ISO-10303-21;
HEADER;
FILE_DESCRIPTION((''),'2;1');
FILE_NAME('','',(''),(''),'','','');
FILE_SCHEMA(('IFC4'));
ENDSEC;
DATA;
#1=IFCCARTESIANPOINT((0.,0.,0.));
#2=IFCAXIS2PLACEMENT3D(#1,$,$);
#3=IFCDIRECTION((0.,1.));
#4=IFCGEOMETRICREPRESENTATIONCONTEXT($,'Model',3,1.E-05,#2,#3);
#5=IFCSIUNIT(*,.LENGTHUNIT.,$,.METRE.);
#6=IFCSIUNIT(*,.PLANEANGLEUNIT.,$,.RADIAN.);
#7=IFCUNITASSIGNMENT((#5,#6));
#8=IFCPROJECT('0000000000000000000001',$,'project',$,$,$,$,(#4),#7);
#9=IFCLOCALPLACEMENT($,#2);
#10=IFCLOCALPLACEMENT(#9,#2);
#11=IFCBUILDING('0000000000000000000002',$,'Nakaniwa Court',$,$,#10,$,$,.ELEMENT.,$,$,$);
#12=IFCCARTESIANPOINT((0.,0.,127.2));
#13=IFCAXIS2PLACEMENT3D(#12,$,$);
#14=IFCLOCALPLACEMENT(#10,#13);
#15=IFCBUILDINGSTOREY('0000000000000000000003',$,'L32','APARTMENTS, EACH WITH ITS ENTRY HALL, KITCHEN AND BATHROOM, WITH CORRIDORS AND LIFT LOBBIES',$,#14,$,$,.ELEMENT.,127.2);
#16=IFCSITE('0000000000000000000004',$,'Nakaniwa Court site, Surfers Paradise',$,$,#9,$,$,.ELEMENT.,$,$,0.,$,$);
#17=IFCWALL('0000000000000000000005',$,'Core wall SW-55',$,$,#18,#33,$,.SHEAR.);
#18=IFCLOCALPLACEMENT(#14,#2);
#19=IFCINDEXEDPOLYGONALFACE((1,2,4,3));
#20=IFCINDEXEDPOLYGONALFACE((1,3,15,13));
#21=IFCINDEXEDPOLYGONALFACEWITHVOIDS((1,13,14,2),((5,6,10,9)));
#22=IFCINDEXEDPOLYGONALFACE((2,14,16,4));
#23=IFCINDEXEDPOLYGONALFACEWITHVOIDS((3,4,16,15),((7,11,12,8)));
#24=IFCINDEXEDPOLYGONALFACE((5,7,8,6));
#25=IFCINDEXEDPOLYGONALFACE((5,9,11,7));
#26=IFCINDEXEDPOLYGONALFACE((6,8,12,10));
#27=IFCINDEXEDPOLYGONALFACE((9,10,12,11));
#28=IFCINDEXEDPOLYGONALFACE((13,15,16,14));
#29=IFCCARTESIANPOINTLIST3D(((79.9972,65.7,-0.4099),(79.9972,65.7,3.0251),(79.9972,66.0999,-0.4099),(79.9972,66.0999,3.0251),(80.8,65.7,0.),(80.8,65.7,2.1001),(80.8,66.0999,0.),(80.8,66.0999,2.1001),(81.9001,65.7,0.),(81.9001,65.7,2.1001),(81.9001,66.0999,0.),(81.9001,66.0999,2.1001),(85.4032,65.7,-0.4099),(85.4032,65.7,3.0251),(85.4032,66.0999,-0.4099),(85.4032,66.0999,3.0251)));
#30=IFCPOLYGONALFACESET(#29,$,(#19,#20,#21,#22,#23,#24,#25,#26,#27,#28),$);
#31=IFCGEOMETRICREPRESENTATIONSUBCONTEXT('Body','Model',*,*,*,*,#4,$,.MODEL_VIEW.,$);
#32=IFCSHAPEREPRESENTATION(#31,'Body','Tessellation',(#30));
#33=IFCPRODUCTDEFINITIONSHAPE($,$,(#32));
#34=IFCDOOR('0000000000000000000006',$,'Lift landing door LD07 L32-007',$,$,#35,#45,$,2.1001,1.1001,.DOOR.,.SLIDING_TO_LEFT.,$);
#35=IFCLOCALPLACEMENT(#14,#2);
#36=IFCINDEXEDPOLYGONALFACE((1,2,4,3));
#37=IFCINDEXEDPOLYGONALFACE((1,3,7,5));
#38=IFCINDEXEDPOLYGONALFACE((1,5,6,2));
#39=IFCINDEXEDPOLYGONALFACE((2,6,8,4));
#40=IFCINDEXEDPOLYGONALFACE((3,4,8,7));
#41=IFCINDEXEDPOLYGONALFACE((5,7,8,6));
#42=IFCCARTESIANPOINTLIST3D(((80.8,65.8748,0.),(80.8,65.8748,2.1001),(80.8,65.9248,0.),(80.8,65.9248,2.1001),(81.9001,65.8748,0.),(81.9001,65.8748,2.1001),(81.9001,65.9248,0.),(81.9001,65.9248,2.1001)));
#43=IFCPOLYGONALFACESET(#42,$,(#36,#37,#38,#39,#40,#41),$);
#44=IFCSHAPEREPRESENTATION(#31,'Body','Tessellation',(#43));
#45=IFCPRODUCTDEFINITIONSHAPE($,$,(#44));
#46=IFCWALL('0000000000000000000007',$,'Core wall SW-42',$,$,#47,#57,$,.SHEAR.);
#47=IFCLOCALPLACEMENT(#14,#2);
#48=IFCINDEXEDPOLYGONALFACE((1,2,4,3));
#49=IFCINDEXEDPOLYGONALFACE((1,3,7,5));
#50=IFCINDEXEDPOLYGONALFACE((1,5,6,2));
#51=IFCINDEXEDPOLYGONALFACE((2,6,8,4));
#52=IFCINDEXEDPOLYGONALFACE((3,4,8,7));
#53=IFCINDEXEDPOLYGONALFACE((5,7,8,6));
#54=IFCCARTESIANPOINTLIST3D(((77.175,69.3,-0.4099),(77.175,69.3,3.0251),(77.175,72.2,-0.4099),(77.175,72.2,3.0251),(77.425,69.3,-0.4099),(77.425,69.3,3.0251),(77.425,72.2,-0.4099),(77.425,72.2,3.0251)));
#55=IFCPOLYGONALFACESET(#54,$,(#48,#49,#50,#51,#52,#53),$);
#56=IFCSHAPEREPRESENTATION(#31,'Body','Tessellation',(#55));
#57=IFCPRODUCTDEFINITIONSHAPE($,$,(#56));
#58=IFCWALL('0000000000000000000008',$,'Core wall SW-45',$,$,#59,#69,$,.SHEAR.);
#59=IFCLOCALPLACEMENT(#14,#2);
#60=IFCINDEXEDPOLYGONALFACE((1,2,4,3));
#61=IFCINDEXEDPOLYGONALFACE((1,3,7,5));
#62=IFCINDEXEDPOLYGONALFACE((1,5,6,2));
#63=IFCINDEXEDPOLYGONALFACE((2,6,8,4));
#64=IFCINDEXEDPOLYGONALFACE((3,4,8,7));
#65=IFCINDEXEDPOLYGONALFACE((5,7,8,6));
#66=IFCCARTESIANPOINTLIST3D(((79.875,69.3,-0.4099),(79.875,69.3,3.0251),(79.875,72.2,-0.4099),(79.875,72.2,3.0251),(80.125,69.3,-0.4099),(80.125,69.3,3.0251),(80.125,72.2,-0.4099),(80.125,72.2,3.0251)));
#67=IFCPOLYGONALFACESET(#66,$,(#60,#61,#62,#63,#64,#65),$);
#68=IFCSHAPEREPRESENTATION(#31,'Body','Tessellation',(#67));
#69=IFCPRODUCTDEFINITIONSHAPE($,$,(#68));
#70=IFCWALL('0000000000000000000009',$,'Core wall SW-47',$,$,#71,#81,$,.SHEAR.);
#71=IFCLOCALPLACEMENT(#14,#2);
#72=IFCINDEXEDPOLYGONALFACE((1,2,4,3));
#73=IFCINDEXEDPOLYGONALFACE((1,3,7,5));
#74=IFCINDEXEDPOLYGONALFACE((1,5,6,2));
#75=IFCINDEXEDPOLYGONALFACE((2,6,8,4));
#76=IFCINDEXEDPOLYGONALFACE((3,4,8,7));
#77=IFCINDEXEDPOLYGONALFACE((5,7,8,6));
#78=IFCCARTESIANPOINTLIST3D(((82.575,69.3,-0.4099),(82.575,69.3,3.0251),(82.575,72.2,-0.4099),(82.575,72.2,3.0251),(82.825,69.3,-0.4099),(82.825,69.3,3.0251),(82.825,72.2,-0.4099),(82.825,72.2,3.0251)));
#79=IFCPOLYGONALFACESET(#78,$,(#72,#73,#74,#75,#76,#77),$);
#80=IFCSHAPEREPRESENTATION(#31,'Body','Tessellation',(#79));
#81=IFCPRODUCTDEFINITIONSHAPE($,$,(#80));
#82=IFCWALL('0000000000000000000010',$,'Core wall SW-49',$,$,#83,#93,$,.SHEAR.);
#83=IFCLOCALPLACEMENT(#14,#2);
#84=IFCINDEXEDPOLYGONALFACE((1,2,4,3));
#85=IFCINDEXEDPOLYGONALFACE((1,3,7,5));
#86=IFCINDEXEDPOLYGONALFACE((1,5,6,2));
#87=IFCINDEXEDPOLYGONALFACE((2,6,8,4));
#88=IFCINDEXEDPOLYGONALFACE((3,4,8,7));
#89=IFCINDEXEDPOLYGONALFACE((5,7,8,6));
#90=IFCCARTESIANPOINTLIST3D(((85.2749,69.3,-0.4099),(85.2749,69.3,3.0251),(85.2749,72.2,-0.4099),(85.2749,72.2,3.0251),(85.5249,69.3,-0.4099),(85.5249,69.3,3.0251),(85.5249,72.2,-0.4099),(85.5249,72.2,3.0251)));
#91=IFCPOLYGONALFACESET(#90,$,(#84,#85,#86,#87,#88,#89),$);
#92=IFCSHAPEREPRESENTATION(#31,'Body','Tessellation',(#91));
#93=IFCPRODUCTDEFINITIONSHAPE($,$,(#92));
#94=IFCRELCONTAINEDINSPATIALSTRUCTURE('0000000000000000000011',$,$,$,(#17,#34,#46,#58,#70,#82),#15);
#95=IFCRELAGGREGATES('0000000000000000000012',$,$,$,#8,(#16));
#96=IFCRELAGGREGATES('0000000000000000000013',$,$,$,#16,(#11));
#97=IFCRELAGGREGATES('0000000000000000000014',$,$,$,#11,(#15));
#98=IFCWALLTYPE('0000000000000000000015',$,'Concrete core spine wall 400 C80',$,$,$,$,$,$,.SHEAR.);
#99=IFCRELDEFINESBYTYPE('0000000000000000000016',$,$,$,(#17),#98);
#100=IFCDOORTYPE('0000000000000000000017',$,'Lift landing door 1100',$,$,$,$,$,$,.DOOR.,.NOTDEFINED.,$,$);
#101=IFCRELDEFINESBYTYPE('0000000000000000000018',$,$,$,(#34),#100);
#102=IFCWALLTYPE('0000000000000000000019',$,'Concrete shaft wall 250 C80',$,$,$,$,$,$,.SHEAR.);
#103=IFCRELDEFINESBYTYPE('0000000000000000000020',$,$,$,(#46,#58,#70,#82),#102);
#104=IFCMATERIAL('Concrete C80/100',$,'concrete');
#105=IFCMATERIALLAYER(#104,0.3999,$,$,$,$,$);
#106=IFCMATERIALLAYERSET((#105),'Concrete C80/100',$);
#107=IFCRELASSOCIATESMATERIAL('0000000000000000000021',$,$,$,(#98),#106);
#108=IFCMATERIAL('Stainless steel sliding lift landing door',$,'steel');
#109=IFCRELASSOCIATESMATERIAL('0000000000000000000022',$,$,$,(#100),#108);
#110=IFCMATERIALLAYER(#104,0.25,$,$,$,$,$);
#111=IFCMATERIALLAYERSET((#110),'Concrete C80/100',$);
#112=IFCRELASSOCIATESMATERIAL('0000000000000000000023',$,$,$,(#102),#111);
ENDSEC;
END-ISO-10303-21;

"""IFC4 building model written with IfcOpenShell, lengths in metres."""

from ifc_helpers import new_model, si_unit, direction, frame, frame_2d, origin, place, context, subcontext, project, spatial, rectangle, extrude, material, layer, layer_set, type_object, element, fill, save


model = new_model("IFC4")

# Units and contexts
model_context = context("Model", 3, precision=1e-05, world=origin(), true_north=direction((0.0, 1.0)))
body_context = subcontext(model_context, "Body", "Model", "MODEL_VIEW")
ifc_project = project(units=[si_unit("LENGTHUNIT", "METRE"), si_unit("PLANEANGLEUNIT", "RADIAN")], contexts=[model_context])

# Site, building, storey
site_placement = place(None, origin())
site = spatial("IfcSite", under=ifc_project, at=site_placement, Name="Nakaniwa Court site, Surfers Paradise", CompositionType="ELEMENT", RefElevation=0.0)
building_placement = place(site_placement, origin())
building = spatial("IfcBuilding", under=site, at=building_placement, Name="Nakaniwa Court", CompositionType="ELEMENT")
storey_placement = place(building_placement, frame((0.0, 0.0, 127.2)))
storey = spatial("IfcBuildingStorey", under=building, at=storey_placement, Name="L32", Description="APARTMENTS, EACH WITH ITS ENTRY HALL, KITCHEN AND BATHROOM, WITH CORRIDORS AND LIFT LOBBIES", CompositionType="ELEMENT", Elevation=127.2)

# Wall, opening, door
ifc_material_1 = material(Name="Concrete C80/100", Category="concrete")
ifc_layer_1 = layer(ifc_material_1, 0.3999)
ifc_layer_set_1 = layer_set([ifc_layer_1], Name="Concrete C80/100")
wall_type_1 = type_object("IfcWallType", Name="Concrete core spine wall 400 C80", PredefinedType="SHEAR", material=ifc_layer_set_1)
wall_1_placement = place(storey_placement, frame((79.9971, 65.8999, -0.4099), z_axis=(0.0, 0.0, 1.0), x_axis=(1.0, 0.0, 0.0)))
wall_1 = element("IfcWall", 1, at=wall_1_placement, inside=storey, type_object=wall_type_1, Name="Core wall SW-55", PredefinedType="SHEAR", context=body_context, shape_type="SweptSolid", body=[
    extrude(rectangle(XDim=5.406, YDim=0.3999, at=frame_2d((2.7031, 0.0))), origin(), (0.0, 0.0, 1.0), 3.4351),
])
opening_1_placement = place(wall_1_placement, frame((0.803, 0.0, 0.4099)))
opening_1 = element("IfcOpeningElement", 2, at=opening_1_placement, cuts=wall_1, PredefinedType="OPENING", context=body_context, shape_type="SweptSolid", body=[
    extrude(rectangle(XDim=1.1001, YDim=2.1001, at=frame_2d((0.55, 1.05))), frame((0.0, 0.21, 0.0), z_axis=(0.0, -1.0, 0.0), x_axis=(1.0, 0.0, 0.0)), (0.0, 0.0, 1.0), 0.4199),
])
ifc_material_2 = material(Name="Stainless steel sliding lift landing door", Category="steel")
door_type_1 = type_object("IfcDoorType", Name="Lift landing door 1100", OperationType="NOTDEFINED", PredefinedType="DOOR", material=ifc_material_2)
door_1_placement = place(opening_1_placement, origin())
door_1 = element("IfcDoor", 3, at=door_1_placement, inside=storey, type_object=door_type_1, Name="Lift landing door LD07 L32-007", OperationType="SLIDING_TO_LEFT", OverallHeight=2.1001, OverallWidth=1.1001, PredefinedType="DOOR", context=body_context, shape_type="SweptSolid", body=[
    extrude(rectangle(XDim=1.1001, YDim=2.1001, at=frame_2d((0.55, 1.05))), frame((0.0, 0.0249, 0.0), z_axis=(0.0, -1.0, 0.0), x_axis=(1.0, 0.0, 0.0)), (0.0, 0.0, 1.0), 0.05),
])
fill(opening_1, door_1)

# Walls
ifc_layer_2 = layer(ifc_material_1, 0.25)
ifc_layer_set_2 = layer_set([ifc_layer_2], Name="Concrete C80/100")
wall_type_2 = type_object("IfcWallType", Name="Concrete shaft wall 250 C80", PredefinedType="SHEAR", material=ifc_layer_set_2)
for number, where, z_axis, x_axis, name in (
    (4, (77.3, 69.3, -0.4099), (0.0, 0.0, 1.0), (0.0, 1.0, 0.0), "Core wall SW-42"),
    (5, (80.0, 69.3, -0.4099), (0.0, 0.0, 1.0), (0.0, 1.0, 0.0), "Core wall SW-45"),
    (6, (82.7, 69.3, -0.4099), (0.0, 0.0, 1.0), (0.0, 1.0, 0.0), "Core wall SW-47"),
    (7, (85.3999, 69.3, -0.4099), (0.0, 0.0, 1.0), (0.0, 1.0, 0.0), "Core wall SW-49"),
):
    element("IfcWall", number, at=place(storey_placement, frame(where, z_axis=z_axis, x_axis=x_axis)), inside=storey, type_object=wall_type_2, Name=name, PredefinedType="SHEAR", context=body_context, shape_type="SweptSolid", body=[
        extrude(rectangle(XDim=2.8999, YDim=0.25, at=frame_2d((1.45, 0.0))), origin(), (0.0, 0.0, 1.0), 3.4351),
    ])

save(model, "model.ifc")
